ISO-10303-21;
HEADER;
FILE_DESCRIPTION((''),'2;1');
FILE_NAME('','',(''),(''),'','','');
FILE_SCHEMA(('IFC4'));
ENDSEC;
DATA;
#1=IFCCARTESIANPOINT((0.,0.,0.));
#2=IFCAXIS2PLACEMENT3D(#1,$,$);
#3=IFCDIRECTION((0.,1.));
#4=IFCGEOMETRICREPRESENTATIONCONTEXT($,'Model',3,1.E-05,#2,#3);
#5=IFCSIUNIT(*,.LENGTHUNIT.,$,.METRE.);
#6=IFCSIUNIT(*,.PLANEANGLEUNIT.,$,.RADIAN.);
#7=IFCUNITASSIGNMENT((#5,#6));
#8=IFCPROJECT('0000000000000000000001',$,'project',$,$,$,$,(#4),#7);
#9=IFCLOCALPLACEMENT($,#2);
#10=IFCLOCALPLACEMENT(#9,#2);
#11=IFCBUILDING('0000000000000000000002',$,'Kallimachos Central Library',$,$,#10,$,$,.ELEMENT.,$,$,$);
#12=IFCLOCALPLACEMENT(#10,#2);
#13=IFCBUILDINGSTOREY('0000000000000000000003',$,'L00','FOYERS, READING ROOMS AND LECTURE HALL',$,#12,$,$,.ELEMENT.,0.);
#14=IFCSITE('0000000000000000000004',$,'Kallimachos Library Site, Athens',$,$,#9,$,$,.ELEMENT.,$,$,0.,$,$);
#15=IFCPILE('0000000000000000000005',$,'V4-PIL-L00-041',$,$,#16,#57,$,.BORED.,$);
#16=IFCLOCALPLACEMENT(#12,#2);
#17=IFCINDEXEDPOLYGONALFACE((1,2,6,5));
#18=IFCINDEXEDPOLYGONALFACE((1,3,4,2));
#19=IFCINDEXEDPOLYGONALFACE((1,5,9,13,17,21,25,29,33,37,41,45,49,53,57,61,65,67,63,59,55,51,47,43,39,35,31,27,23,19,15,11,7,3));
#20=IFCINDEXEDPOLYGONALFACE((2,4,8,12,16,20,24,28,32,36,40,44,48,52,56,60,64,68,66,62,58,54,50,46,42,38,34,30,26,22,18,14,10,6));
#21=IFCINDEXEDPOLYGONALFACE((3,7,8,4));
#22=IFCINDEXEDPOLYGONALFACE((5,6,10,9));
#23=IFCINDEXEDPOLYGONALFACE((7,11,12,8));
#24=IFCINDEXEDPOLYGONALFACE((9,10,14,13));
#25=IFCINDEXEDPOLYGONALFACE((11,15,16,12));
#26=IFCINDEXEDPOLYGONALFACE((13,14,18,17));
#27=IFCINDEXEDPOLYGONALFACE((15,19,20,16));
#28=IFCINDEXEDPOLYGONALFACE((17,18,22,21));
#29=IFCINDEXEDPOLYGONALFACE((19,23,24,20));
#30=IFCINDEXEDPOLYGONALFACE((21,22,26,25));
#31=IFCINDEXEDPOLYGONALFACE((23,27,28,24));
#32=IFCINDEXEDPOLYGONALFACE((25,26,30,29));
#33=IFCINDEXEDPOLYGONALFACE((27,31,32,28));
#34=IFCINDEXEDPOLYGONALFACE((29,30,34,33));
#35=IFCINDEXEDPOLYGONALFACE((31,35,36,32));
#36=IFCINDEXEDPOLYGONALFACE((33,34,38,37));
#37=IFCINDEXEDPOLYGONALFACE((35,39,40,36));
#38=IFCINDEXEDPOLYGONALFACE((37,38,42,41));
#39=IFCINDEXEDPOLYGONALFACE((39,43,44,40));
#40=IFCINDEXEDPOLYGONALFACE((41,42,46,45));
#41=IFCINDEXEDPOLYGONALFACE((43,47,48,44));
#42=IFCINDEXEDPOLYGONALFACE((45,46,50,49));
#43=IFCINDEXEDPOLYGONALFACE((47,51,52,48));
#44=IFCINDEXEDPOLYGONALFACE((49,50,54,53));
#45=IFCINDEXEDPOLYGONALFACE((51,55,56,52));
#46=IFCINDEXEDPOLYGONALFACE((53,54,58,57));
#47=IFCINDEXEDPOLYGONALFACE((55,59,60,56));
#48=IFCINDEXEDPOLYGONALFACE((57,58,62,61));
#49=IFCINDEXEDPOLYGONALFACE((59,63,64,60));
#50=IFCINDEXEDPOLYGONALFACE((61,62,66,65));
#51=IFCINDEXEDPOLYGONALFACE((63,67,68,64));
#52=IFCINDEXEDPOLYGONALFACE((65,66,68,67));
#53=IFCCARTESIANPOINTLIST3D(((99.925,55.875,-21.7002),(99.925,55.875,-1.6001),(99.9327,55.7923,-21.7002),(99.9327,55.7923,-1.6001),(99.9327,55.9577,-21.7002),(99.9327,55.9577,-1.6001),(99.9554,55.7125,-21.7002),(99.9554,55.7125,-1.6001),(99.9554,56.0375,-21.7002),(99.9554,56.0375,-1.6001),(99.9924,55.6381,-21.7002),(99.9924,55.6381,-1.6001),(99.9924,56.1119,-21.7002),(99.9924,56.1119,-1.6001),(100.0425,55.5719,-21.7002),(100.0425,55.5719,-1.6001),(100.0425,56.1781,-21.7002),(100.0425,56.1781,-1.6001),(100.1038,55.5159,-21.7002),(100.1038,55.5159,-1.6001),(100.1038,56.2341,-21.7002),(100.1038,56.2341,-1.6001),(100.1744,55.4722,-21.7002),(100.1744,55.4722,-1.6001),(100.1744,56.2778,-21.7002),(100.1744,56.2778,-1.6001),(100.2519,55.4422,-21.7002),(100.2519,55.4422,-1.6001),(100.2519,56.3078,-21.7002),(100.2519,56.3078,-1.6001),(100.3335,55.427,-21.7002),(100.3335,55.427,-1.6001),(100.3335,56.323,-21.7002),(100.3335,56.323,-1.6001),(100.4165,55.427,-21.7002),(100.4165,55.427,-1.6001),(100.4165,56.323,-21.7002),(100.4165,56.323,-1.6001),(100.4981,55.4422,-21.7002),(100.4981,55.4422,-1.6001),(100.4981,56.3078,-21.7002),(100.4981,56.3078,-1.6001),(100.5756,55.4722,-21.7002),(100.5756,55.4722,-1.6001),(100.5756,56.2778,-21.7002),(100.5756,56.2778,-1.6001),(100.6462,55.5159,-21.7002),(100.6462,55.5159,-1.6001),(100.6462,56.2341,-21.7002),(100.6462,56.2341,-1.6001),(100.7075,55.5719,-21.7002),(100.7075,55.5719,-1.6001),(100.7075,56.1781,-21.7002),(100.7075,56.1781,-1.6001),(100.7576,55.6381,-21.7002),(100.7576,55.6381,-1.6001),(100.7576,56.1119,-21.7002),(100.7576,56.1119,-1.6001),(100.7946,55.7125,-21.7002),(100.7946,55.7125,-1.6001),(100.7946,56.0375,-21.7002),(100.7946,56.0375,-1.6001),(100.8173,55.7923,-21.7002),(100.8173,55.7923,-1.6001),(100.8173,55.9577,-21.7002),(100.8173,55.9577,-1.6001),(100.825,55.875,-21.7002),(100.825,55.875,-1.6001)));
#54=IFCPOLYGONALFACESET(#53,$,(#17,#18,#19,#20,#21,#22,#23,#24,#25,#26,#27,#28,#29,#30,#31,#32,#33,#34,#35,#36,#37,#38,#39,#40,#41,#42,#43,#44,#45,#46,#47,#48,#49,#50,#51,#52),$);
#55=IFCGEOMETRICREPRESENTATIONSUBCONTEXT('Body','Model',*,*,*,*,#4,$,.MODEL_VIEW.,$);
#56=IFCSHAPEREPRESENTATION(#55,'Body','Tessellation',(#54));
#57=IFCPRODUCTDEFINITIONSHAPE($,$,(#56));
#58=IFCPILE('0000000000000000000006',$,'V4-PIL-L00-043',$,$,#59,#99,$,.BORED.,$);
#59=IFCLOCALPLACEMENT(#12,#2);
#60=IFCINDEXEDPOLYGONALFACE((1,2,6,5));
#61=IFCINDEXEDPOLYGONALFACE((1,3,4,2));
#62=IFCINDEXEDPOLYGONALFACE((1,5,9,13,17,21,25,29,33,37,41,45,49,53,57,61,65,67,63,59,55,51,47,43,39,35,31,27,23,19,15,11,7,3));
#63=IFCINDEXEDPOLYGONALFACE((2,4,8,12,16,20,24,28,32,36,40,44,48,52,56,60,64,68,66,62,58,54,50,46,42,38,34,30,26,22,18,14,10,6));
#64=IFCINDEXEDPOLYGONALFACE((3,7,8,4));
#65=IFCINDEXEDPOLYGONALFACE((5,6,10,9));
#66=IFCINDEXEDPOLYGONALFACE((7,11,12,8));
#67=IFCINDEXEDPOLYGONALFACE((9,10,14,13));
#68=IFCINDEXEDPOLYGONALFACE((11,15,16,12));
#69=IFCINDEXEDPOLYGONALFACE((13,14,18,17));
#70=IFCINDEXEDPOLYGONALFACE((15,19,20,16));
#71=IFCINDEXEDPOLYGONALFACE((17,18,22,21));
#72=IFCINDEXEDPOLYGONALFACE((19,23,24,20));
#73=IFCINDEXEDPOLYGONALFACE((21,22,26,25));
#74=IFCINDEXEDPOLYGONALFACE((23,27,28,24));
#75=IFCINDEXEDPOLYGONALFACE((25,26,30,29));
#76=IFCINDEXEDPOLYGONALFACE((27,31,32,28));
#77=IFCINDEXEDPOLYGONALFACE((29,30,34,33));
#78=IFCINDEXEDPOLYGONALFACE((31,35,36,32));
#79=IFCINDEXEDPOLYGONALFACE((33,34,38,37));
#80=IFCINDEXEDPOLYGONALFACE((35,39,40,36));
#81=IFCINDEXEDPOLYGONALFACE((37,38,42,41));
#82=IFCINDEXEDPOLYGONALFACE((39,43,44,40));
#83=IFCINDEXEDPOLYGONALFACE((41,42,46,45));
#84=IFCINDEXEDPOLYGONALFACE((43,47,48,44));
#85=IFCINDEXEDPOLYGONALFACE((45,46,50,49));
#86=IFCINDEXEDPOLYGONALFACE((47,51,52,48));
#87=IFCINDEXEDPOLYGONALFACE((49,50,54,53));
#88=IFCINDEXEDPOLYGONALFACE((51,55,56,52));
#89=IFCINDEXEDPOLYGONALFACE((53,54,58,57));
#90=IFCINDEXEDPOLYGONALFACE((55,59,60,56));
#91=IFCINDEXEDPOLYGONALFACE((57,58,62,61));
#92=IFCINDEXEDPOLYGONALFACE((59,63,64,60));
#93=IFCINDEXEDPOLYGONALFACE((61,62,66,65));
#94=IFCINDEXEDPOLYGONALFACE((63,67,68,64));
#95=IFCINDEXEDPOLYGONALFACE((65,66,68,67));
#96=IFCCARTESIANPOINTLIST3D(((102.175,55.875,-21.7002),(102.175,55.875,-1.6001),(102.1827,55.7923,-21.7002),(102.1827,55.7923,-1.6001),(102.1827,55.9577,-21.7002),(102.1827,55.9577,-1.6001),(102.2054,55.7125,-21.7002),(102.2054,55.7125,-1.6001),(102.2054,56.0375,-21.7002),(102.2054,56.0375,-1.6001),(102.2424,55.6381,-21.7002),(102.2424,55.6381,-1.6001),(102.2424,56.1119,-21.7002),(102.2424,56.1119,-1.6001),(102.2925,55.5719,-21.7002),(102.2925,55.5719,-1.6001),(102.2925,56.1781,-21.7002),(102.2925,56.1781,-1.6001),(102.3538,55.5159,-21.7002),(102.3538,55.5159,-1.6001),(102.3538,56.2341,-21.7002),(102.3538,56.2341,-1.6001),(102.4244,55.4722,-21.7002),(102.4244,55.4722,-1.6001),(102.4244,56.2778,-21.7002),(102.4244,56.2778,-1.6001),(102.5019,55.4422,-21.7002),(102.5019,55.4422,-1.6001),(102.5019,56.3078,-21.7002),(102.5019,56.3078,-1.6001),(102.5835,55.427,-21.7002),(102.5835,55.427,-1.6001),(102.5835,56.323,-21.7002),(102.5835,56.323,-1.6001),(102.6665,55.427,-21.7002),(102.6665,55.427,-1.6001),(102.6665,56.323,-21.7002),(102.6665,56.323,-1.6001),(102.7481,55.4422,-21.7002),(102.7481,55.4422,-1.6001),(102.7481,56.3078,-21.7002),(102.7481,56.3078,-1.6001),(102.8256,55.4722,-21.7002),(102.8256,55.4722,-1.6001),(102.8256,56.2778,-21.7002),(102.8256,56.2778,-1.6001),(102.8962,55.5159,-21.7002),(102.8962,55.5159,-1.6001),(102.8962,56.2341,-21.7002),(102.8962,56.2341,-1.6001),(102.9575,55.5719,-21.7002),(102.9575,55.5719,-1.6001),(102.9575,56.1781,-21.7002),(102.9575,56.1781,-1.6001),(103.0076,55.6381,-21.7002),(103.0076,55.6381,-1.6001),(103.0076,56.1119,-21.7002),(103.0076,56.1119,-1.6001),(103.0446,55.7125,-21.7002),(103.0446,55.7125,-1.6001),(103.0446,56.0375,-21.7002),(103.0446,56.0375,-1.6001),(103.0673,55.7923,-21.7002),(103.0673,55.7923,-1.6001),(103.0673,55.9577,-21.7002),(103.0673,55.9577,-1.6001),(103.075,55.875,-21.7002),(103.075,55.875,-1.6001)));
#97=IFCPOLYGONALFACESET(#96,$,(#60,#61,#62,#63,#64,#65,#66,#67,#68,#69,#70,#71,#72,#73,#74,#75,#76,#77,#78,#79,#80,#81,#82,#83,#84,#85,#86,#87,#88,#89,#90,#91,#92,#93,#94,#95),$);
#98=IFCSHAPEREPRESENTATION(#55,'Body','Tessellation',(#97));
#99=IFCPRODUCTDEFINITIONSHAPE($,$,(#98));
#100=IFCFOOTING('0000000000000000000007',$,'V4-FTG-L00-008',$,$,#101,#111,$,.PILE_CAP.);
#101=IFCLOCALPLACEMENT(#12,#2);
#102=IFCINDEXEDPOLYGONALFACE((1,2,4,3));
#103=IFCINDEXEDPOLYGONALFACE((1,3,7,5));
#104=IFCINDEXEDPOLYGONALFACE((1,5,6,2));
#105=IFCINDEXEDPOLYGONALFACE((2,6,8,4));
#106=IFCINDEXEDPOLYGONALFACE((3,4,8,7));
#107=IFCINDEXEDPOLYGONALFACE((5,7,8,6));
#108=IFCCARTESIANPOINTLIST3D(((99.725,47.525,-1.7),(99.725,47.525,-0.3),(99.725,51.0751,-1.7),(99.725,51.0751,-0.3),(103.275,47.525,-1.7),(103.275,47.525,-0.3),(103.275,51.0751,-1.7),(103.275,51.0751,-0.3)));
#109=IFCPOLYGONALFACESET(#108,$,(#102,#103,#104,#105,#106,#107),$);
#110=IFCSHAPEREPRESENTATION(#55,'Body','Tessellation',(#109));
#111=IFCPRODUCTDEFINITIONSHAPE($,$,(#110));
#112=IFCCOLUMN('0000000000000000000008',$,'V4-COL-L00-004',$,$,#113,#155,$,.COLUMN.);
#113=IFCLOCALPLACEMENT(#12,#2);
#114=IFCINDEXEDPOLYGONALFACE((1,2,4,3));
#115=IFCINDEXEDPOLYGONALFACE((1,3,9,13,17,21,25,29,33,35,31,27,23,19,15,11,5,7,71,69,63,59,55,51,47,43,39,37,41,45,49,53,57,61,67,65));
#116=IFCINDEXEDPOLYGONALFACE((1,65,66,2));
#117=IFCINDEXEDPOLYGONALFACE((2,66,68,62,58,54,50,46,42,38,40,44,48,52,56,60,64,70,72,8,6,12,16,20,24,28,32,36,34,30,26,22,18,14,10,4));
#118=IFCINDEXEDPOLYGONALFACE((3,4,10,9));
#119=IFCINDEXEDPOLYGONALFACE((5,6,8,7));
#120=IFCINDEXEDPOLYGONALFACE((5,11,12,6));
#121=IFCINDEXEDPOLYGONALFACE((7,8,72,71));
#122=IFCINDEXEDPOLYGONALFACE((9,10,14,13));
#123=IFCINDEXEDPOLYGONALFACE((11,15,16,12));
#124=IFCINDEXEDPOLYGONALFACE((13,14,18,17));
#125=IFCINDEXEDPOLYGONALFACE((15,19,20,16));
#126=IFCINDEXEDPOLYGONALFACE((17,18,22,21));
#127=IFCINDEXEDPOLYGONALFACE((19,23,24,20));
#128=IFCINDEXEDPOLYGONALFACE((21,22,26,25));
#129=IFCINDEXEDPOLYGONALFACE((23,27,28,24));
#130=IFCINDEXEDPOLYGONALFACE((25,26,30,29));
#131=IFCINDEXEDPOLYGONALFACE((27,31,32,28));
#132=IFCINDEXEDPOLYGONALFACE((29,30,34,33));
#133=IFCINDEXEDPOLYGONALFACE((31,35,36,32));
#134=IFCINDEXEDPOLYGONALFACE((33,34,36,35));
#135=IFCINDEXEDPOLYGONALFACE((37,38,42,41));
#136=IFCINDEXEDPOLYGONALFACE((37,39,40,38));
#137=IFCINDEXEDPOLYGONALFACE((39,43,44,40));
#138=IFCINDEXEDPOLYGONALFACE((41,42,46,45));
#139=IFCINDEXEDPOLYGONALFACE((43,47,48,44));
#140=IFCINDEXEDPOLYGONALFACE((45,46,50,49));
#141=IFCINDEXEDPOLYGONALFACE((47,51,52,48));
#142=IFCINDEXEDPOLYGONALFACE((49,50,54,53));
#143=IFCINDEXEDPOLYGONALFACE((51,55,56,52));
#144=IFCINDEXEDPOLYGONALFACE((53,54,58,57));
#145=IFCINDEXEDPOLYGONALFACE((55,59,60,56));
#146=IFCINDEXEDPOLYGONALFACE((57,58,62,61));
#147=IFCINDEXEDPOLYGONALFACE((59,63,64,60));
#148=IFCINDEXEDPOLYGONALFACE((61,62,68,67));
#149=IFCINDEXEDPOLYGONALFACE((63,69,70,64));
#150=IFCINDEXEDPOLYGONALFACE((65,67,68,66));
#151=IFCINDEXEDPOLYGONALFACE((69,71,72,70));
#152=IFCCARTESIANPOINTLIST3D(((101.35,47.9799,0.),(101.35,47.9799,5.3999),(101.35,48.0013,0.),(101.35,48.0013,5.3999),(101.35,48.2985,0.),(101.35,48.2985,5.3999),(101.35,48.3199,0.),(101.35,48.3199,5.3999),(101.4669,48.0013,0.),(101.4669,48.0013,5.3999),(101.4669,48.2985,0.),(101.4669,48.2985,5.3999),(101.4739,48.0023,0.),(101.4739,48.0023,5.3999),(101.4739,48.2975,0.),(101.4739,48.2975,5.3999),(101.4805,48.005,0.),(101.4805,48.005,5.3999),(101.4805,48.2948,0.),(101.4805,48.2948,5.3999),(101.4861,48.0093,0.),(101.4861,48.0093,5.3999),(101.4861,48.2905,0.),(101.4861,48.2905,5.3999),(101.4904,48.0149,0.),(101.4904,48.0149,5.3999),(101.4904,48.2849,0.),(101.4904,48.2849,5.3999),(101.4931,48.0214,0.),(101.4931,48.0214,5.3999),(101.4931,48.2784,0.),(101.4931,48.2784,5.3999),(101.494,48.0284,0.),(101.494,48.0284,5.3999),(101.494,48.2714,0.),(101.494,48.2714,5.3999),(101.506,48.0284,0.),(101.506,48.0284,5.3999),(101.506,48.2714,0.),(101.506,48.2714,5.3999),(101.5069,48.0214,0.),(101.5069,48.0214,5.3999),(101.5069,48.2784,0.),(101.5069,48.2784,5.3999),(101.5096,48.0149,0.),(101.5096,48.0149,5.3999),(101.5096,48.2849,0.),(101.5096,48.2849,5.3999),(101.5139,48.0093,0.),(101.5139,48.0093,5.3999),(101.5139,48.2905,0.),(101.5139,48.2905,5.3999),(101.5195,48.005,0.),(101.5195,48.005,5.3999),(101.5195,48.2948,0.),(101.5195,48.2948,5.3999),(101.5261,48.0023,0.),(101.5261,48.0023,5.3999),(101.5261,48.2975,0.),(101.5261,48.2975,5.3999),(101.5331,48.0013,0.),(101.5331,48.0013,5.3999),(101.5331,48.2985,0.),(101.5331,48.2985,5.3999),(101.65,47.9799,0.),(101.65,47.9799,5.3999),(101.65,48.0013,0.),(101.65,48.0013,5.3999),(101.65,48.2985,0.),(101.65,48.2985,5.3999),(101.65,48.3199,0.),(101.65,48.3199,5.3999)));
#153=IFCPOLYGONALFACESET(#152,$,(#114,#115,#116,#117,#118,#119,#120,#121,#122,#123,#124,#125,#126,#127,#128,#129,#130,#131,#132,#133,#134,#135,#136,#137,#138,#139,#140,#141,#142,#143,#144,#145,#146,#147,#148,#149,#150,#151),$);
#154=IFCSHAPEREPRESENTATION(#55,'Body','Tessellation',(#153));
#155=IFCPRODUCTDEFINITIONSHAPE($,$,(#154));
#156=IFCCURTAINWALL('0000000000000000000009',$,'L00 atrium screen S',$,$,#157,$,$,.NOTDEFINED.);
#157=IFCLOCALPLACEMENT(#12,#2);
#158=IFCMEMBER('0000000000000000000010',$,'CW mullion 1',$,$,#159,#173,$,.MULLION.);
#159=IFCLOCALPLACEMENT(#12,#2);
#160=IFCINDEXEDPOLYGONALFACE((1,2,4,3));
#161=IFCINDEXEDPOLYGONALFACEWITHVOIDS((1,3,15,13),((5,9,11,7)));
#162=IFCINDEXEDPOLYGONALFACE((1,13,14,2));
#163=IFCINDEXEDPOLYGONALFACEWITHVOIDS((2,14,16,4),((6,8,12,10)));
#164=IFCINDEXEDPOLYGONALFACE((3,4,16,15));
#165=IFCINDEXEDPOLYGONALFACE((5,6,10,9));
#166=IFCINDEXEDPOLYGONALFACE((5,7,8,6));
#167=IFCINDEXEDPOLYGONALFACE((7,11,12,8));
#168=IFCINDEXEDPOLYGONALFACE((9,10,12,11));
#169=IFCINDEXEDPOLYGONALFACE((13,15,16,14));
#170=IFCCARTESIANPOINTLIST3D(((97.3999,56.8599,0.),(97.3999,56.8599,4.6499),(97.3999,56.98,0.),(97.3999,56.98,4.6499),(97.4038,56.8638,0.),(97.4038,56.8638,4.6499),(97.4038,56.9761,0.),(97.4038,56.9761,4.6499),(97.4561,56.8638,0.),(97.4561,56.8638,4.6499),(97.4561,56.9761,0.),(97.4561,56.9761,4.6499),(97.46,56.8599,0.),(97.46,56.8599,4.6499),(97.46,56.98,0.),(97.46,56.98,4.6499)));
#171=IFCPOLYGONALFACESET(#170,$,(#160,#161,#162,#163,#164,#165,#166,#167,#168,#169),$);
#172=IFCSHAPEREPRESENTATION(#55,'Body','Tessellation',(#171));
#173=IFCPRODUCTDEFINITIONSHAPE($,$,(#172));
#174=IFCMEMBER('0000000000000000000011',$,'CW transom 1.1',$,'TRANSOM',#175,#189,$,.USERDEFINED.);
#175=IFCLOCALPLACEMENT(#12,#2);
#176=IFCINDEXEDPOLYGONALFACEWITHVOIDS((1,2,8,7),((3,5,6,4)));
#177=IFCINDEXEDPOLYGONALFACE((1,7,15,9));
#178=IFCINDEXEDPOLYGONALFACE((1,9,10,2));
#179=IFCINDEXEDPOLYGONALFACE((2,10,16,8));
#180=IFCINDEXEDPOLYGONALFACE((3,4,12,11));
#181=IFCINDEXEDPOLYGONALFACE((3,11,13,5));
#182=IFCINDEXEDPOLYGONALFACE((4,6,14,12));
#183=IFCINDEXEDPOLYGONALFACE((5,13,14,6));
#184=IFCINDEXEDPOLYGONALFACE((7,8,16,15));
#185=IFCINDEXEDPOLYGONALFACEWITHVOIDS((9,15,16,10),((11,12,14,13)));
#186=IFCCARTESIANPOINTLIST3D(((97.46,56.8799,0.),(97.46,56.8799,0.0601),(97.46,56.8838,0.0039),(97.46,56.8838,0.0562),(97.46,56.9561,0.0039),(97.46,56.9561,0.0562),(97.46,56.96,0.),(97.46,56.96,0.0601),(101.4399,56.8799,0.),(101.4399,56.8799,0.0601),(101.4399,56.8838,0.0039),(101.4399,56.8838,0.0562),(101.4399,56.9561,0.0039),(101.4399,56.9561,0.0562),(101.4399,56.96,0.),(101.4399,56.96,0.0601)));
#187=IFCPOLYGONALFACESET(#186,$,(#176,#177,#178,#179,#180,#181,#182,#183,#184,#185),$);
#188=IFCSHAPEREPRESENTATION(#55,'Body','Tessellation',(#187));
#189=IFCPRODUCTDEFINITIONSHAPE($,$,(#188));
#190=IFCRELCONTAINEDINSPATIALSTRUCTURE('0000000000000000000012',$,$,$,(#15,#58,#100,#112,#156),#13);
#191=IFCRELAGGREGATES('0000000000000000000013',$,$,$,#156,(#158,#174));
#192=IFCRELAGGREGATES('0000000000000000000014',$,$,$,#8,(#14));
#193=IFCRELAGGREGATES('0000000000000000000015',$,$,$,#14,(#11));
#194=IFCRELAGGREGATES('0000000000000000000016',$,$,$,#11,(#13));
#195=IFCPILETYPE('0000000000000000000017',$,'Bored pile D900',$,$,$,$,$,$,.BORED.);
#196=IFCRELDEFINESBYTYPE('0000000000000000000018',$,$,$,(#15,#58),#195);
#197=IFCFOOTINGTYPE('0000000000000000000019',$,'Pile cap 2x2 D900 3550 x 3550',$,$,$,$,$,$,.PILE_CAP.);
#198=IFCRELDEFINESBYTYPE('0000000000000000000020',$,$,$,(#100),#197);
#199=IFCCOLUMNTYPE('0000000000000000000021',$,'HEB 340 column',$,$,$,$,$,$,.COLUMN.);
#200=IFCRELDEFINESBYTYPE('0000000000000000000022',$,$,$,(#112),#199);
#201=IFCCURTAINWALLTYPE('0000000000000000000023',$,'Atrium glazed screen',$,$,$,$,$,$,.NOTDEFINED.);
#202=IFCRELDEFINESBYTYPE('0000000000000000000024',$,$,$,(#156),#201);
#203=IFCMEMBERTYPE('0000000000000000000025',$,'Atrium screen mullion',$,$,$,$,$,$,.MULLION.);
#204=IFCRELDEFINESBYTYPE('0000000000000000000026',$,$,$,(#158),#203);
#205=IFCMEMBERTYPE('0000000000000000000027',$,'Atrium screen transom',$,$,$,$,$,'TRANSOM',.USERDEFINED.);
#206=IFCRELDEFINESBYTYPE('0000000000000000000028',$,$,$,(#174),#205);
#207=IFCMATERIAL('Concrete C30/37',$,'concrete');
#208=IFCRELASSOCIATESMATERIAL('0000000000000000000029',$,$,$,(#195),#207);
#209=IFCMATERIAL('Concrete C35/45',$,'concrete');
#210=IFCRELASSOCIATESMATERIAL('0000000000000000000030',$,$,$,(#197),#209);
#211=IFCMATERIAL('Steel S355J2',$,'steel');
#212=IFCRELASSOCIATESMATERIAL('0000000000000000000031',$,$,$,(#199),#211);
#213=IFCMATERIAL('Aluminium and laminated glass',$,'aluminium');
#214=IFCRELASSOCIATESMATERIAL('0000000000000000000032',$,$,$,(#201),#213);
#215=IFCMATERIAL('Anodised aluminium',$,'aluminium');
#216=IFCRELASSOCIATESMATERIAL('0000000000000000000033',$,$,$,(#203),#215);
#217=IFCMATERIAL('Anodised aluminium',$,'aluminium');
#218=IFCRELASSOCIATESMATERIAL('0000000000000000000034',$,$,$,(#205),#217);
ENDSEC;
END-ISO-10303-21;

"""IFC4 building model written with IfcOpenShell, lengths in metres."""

from ifc_helpers import new_model, si_unit, direction, frame, origin, origin_2d, place, context, subcontext, project, spatial, rectangle, hollow_rectangle, circle, i_section, extrude, material, material_profile, profile_set, type_object, element, aggregate, save


model = new_model("IFC4")

# Units and contexts
model_context = context("Model", 3, precision=1e-05, world=origin(), true_north=direction((0.0, 1.0)))
body_context = subcontext(model_context, "Body", "Model", "MODEL_VIEW")
ifc_project = project(units=[si_unit("LENGTHUNIT", "METRE"), si_unit("PLANEANGLEUNIT", "RADIAN")], contexts=[model_context])

# Site, building, storey
site_placement = place(None, origin())
site = spatial("IfcSite", under=ifc_project, at=site_placement, Name="Kallimachos Library Site, Athens", CompositionType="ELEMENT", RefElevation=0.0)
building_placement = place(site_placement, origin())
building = spatial("IfcBuilding", under=site, at=building_placement, Name="Kallimachos Central Library", CompositionType="ELEMENT")
storey_placement = place(building_placement, origin())
storey = spatial("IfcBuildingStorey", under=building, at=storey_placement, Name="L00", Description="FOYERS, READING ROOMS AND LECTURE HALL", CompositionType="ELEMENT", Elevation=0.0)

# Piles
ifc_material_1 = material(Name="Concrete C30/37", Category="concrete")
pile_type = type_object("IfcPileType", Name="Bored pile D900", PredefinedType="BORED", material=ifc_material_1)
for number, where, z_axis, x_axis, name in (
    (1, (100.375, 55.875, -1.6001), (0.0, 0.0, -1.0), (1.0, 0.0, 0.0), "V4-PIL-L00-041"),
    (2, (102.625, 55.875, -1.6001), (0.0, 0.0, -1.0), (1.0, 0.0, 0.0), "V4-PIL-L00-043"),
):
    element("IfcPile", number, at=place(storey_placement, frame(where, z_axis=z_axis, x_axis=x_axis)), inside=storey, type_object=pile_type, Name=name, PredefinedType="BORED", context=body_context, shape_type="SweptSolid", body=[
        extrude(circle(Radius=0.45, at=origin_2d()), origin(), (0.0, 0.0, 1.0), 20.1001),
    ])

# Footing
ifc_material_2 = material(Name="Concrete C35/45", Category="concrete")
footing_type = type_object("IfcFootingType", Name="Pile cap 2x2 D900 3550 x 3550", PredefinedType="PILE_CAP", material=ifc_material_2)
footing_placement = place(storey_placement, frame((101.5, 49.3, -1.7), z_axis=(0.0, 0.0, 1.0), x_axis=(1.0, 0.0, 0.0)))
element("IfcFooting", 3, at=footing_placement, inside=storey, type_object=footing_type, Name="V4-FTG-L00-008", PredefinedType="PILE_CAP", context=body_context, shape_type="SweptSolid", body=[
    extrude(rectangle(XDim=3.55, YDim=3.55, at=origin_2d()), origin(), (0.0, 0.0, 1.0), 1.3999),
])

# Column
ifc_material_3 = material(Name="Steel S355J2", Category="steel")
ifc_material_profile_1 = material_profile(ifc_material_3, i_section(OverallWidth=0.3, OverallDepth=0.3401, WebThickness=0.012, FlangeThickness=0.0215, FilletRadius=0.0271, at=origin_2d()), Name="HEB 340")
ifc_profile_set_1 = profile_set([ifc_material_profile_1], Name="Steel S355J2")
column_type = type_object("IfcColumnType", Name="HEB 340 column", PredefinedType="COLUMN", material=ifc_profile_set_1)
column_placement = place(storey_placement, frame((101.5, 48.1499, 0.0), z_axis=(0.0, 0.0, 1.0), x_axis=(1.0, 0.0, 0.0)))
element("IfcColumn", 4, at=column_placement, inside=storey, type_object=column_type, Name="V4-COL-L00-004", PredefinedType="COLUMN", context=body_context, shape_type="SweptSolid", body=[
    extrude(i_section(OverallWidth=0.3, OverallDepth=0.3401, WebThickness=0.012, FlangeThickness=0.0215, FilletRadius=0.0271, at=origin_2d()), origin(), (0.0, 0.0, 1.0), 5.3999),
])

# Curtain wall, members
ifc_material_4 = material(Name="Aluminium and laminated glass", Category="aluminium")
curtain_wall_type = type_object("IfcCurtainWallType", Name="Atrium glazed screen", PredefinedType="NOTDEFINED", material=ifc_material_4)
curtain_wall_placement = place(storey_placement, origin())
curtain_wall = element("IfcCurtainWall", 5, at=curtain_wall_placement, inside=storey, type_object=curtain_wall_type, Name="L00 atrium screen S", PredefinedType="NOTDEFINED")
ifc_material_5 = material(Name="Anodised aluminium", Category="aluminium")
ifc_material_profile_2 = material_profile(ifc_material_5, hollow_rectangle(XDim=0.0601, YDim=0.1201, WallThickness=0.0039, at=origin_2d()), Name="ALU MULLION 60x120")
ifc_profile_set_2 = profile_set([ifc_material_profile_2], Name="Anodised aluminium")
member_type_1 = type_object("IfcMemberType", Name="Atrium screen mullion", PredefinedType="MULLION", material=ifc_profile_set_2)
member_1_placement = place(storey_placement, frame((97.4299, 56.9199, 0.0), z_axis=(0.0, 0.0, 1.0), x_axis=(1.0, 0.0, 0.0)))
member_1 = element("IfcMember", 6, at=member_1_placement, type_object=member_type_1, Name="CW mullion 1", PredefinedType="MULLION", context=body_context, shape_type="SweptSolid", body=[
    extrude(hollow_rectangle(XDim=0.0601, YDim=0.1201, WallThickness=0.0039, at=origin_2d()), origin(), (0.0, 0.0, 1.0), 4.6499),
])
ifc_material_6 = material(Name="Anodised aluminium", Category="aluminium")
ifc_material_profile_3 = material_profile(ifc_material_6, hollow_rectangle(XDim=0.0601, YDim=0.0801, WallThickness=0.0039, at=origin_2d()), Name="ALU TRANSOM 60x80")
ifc_profile_set_3 = profile_set([ifc_material_profile_3], Name="Anodised aluminium")
member_type_2 = type_object("IfcMemberType", Name="Atrium screen transom", ElementType="TRANSOM", PredefinedType="USERDEFINED", material=ifc_profile_set_3)
member_2_placement = place(storey_placement, frame((97.46, 56.9199, 0.03), z_axis=(1.0, 0.0, 0.0), x_axis=(0.0, 0.0, 1.0)))
member_2 = element("IfcMember", 7, at=member_2_placement, type_object=member_type_2, Name="CW transom 1.1", ObjectType="TRANSOM", PredefinedType="USERDEFINED", context=body_context, shape_type="SweptSolid", body=[
    extrude(hollow_rectangle(XDim=0.0601, YDim=0.0801, WallThickness=0.0039, at=origin_2d()), origin(), (0.0, 0.0, 1.0), 3.98),
])
aggregate(curtain_wall, [member_1, member_2])

save(model, "model.ifc")
